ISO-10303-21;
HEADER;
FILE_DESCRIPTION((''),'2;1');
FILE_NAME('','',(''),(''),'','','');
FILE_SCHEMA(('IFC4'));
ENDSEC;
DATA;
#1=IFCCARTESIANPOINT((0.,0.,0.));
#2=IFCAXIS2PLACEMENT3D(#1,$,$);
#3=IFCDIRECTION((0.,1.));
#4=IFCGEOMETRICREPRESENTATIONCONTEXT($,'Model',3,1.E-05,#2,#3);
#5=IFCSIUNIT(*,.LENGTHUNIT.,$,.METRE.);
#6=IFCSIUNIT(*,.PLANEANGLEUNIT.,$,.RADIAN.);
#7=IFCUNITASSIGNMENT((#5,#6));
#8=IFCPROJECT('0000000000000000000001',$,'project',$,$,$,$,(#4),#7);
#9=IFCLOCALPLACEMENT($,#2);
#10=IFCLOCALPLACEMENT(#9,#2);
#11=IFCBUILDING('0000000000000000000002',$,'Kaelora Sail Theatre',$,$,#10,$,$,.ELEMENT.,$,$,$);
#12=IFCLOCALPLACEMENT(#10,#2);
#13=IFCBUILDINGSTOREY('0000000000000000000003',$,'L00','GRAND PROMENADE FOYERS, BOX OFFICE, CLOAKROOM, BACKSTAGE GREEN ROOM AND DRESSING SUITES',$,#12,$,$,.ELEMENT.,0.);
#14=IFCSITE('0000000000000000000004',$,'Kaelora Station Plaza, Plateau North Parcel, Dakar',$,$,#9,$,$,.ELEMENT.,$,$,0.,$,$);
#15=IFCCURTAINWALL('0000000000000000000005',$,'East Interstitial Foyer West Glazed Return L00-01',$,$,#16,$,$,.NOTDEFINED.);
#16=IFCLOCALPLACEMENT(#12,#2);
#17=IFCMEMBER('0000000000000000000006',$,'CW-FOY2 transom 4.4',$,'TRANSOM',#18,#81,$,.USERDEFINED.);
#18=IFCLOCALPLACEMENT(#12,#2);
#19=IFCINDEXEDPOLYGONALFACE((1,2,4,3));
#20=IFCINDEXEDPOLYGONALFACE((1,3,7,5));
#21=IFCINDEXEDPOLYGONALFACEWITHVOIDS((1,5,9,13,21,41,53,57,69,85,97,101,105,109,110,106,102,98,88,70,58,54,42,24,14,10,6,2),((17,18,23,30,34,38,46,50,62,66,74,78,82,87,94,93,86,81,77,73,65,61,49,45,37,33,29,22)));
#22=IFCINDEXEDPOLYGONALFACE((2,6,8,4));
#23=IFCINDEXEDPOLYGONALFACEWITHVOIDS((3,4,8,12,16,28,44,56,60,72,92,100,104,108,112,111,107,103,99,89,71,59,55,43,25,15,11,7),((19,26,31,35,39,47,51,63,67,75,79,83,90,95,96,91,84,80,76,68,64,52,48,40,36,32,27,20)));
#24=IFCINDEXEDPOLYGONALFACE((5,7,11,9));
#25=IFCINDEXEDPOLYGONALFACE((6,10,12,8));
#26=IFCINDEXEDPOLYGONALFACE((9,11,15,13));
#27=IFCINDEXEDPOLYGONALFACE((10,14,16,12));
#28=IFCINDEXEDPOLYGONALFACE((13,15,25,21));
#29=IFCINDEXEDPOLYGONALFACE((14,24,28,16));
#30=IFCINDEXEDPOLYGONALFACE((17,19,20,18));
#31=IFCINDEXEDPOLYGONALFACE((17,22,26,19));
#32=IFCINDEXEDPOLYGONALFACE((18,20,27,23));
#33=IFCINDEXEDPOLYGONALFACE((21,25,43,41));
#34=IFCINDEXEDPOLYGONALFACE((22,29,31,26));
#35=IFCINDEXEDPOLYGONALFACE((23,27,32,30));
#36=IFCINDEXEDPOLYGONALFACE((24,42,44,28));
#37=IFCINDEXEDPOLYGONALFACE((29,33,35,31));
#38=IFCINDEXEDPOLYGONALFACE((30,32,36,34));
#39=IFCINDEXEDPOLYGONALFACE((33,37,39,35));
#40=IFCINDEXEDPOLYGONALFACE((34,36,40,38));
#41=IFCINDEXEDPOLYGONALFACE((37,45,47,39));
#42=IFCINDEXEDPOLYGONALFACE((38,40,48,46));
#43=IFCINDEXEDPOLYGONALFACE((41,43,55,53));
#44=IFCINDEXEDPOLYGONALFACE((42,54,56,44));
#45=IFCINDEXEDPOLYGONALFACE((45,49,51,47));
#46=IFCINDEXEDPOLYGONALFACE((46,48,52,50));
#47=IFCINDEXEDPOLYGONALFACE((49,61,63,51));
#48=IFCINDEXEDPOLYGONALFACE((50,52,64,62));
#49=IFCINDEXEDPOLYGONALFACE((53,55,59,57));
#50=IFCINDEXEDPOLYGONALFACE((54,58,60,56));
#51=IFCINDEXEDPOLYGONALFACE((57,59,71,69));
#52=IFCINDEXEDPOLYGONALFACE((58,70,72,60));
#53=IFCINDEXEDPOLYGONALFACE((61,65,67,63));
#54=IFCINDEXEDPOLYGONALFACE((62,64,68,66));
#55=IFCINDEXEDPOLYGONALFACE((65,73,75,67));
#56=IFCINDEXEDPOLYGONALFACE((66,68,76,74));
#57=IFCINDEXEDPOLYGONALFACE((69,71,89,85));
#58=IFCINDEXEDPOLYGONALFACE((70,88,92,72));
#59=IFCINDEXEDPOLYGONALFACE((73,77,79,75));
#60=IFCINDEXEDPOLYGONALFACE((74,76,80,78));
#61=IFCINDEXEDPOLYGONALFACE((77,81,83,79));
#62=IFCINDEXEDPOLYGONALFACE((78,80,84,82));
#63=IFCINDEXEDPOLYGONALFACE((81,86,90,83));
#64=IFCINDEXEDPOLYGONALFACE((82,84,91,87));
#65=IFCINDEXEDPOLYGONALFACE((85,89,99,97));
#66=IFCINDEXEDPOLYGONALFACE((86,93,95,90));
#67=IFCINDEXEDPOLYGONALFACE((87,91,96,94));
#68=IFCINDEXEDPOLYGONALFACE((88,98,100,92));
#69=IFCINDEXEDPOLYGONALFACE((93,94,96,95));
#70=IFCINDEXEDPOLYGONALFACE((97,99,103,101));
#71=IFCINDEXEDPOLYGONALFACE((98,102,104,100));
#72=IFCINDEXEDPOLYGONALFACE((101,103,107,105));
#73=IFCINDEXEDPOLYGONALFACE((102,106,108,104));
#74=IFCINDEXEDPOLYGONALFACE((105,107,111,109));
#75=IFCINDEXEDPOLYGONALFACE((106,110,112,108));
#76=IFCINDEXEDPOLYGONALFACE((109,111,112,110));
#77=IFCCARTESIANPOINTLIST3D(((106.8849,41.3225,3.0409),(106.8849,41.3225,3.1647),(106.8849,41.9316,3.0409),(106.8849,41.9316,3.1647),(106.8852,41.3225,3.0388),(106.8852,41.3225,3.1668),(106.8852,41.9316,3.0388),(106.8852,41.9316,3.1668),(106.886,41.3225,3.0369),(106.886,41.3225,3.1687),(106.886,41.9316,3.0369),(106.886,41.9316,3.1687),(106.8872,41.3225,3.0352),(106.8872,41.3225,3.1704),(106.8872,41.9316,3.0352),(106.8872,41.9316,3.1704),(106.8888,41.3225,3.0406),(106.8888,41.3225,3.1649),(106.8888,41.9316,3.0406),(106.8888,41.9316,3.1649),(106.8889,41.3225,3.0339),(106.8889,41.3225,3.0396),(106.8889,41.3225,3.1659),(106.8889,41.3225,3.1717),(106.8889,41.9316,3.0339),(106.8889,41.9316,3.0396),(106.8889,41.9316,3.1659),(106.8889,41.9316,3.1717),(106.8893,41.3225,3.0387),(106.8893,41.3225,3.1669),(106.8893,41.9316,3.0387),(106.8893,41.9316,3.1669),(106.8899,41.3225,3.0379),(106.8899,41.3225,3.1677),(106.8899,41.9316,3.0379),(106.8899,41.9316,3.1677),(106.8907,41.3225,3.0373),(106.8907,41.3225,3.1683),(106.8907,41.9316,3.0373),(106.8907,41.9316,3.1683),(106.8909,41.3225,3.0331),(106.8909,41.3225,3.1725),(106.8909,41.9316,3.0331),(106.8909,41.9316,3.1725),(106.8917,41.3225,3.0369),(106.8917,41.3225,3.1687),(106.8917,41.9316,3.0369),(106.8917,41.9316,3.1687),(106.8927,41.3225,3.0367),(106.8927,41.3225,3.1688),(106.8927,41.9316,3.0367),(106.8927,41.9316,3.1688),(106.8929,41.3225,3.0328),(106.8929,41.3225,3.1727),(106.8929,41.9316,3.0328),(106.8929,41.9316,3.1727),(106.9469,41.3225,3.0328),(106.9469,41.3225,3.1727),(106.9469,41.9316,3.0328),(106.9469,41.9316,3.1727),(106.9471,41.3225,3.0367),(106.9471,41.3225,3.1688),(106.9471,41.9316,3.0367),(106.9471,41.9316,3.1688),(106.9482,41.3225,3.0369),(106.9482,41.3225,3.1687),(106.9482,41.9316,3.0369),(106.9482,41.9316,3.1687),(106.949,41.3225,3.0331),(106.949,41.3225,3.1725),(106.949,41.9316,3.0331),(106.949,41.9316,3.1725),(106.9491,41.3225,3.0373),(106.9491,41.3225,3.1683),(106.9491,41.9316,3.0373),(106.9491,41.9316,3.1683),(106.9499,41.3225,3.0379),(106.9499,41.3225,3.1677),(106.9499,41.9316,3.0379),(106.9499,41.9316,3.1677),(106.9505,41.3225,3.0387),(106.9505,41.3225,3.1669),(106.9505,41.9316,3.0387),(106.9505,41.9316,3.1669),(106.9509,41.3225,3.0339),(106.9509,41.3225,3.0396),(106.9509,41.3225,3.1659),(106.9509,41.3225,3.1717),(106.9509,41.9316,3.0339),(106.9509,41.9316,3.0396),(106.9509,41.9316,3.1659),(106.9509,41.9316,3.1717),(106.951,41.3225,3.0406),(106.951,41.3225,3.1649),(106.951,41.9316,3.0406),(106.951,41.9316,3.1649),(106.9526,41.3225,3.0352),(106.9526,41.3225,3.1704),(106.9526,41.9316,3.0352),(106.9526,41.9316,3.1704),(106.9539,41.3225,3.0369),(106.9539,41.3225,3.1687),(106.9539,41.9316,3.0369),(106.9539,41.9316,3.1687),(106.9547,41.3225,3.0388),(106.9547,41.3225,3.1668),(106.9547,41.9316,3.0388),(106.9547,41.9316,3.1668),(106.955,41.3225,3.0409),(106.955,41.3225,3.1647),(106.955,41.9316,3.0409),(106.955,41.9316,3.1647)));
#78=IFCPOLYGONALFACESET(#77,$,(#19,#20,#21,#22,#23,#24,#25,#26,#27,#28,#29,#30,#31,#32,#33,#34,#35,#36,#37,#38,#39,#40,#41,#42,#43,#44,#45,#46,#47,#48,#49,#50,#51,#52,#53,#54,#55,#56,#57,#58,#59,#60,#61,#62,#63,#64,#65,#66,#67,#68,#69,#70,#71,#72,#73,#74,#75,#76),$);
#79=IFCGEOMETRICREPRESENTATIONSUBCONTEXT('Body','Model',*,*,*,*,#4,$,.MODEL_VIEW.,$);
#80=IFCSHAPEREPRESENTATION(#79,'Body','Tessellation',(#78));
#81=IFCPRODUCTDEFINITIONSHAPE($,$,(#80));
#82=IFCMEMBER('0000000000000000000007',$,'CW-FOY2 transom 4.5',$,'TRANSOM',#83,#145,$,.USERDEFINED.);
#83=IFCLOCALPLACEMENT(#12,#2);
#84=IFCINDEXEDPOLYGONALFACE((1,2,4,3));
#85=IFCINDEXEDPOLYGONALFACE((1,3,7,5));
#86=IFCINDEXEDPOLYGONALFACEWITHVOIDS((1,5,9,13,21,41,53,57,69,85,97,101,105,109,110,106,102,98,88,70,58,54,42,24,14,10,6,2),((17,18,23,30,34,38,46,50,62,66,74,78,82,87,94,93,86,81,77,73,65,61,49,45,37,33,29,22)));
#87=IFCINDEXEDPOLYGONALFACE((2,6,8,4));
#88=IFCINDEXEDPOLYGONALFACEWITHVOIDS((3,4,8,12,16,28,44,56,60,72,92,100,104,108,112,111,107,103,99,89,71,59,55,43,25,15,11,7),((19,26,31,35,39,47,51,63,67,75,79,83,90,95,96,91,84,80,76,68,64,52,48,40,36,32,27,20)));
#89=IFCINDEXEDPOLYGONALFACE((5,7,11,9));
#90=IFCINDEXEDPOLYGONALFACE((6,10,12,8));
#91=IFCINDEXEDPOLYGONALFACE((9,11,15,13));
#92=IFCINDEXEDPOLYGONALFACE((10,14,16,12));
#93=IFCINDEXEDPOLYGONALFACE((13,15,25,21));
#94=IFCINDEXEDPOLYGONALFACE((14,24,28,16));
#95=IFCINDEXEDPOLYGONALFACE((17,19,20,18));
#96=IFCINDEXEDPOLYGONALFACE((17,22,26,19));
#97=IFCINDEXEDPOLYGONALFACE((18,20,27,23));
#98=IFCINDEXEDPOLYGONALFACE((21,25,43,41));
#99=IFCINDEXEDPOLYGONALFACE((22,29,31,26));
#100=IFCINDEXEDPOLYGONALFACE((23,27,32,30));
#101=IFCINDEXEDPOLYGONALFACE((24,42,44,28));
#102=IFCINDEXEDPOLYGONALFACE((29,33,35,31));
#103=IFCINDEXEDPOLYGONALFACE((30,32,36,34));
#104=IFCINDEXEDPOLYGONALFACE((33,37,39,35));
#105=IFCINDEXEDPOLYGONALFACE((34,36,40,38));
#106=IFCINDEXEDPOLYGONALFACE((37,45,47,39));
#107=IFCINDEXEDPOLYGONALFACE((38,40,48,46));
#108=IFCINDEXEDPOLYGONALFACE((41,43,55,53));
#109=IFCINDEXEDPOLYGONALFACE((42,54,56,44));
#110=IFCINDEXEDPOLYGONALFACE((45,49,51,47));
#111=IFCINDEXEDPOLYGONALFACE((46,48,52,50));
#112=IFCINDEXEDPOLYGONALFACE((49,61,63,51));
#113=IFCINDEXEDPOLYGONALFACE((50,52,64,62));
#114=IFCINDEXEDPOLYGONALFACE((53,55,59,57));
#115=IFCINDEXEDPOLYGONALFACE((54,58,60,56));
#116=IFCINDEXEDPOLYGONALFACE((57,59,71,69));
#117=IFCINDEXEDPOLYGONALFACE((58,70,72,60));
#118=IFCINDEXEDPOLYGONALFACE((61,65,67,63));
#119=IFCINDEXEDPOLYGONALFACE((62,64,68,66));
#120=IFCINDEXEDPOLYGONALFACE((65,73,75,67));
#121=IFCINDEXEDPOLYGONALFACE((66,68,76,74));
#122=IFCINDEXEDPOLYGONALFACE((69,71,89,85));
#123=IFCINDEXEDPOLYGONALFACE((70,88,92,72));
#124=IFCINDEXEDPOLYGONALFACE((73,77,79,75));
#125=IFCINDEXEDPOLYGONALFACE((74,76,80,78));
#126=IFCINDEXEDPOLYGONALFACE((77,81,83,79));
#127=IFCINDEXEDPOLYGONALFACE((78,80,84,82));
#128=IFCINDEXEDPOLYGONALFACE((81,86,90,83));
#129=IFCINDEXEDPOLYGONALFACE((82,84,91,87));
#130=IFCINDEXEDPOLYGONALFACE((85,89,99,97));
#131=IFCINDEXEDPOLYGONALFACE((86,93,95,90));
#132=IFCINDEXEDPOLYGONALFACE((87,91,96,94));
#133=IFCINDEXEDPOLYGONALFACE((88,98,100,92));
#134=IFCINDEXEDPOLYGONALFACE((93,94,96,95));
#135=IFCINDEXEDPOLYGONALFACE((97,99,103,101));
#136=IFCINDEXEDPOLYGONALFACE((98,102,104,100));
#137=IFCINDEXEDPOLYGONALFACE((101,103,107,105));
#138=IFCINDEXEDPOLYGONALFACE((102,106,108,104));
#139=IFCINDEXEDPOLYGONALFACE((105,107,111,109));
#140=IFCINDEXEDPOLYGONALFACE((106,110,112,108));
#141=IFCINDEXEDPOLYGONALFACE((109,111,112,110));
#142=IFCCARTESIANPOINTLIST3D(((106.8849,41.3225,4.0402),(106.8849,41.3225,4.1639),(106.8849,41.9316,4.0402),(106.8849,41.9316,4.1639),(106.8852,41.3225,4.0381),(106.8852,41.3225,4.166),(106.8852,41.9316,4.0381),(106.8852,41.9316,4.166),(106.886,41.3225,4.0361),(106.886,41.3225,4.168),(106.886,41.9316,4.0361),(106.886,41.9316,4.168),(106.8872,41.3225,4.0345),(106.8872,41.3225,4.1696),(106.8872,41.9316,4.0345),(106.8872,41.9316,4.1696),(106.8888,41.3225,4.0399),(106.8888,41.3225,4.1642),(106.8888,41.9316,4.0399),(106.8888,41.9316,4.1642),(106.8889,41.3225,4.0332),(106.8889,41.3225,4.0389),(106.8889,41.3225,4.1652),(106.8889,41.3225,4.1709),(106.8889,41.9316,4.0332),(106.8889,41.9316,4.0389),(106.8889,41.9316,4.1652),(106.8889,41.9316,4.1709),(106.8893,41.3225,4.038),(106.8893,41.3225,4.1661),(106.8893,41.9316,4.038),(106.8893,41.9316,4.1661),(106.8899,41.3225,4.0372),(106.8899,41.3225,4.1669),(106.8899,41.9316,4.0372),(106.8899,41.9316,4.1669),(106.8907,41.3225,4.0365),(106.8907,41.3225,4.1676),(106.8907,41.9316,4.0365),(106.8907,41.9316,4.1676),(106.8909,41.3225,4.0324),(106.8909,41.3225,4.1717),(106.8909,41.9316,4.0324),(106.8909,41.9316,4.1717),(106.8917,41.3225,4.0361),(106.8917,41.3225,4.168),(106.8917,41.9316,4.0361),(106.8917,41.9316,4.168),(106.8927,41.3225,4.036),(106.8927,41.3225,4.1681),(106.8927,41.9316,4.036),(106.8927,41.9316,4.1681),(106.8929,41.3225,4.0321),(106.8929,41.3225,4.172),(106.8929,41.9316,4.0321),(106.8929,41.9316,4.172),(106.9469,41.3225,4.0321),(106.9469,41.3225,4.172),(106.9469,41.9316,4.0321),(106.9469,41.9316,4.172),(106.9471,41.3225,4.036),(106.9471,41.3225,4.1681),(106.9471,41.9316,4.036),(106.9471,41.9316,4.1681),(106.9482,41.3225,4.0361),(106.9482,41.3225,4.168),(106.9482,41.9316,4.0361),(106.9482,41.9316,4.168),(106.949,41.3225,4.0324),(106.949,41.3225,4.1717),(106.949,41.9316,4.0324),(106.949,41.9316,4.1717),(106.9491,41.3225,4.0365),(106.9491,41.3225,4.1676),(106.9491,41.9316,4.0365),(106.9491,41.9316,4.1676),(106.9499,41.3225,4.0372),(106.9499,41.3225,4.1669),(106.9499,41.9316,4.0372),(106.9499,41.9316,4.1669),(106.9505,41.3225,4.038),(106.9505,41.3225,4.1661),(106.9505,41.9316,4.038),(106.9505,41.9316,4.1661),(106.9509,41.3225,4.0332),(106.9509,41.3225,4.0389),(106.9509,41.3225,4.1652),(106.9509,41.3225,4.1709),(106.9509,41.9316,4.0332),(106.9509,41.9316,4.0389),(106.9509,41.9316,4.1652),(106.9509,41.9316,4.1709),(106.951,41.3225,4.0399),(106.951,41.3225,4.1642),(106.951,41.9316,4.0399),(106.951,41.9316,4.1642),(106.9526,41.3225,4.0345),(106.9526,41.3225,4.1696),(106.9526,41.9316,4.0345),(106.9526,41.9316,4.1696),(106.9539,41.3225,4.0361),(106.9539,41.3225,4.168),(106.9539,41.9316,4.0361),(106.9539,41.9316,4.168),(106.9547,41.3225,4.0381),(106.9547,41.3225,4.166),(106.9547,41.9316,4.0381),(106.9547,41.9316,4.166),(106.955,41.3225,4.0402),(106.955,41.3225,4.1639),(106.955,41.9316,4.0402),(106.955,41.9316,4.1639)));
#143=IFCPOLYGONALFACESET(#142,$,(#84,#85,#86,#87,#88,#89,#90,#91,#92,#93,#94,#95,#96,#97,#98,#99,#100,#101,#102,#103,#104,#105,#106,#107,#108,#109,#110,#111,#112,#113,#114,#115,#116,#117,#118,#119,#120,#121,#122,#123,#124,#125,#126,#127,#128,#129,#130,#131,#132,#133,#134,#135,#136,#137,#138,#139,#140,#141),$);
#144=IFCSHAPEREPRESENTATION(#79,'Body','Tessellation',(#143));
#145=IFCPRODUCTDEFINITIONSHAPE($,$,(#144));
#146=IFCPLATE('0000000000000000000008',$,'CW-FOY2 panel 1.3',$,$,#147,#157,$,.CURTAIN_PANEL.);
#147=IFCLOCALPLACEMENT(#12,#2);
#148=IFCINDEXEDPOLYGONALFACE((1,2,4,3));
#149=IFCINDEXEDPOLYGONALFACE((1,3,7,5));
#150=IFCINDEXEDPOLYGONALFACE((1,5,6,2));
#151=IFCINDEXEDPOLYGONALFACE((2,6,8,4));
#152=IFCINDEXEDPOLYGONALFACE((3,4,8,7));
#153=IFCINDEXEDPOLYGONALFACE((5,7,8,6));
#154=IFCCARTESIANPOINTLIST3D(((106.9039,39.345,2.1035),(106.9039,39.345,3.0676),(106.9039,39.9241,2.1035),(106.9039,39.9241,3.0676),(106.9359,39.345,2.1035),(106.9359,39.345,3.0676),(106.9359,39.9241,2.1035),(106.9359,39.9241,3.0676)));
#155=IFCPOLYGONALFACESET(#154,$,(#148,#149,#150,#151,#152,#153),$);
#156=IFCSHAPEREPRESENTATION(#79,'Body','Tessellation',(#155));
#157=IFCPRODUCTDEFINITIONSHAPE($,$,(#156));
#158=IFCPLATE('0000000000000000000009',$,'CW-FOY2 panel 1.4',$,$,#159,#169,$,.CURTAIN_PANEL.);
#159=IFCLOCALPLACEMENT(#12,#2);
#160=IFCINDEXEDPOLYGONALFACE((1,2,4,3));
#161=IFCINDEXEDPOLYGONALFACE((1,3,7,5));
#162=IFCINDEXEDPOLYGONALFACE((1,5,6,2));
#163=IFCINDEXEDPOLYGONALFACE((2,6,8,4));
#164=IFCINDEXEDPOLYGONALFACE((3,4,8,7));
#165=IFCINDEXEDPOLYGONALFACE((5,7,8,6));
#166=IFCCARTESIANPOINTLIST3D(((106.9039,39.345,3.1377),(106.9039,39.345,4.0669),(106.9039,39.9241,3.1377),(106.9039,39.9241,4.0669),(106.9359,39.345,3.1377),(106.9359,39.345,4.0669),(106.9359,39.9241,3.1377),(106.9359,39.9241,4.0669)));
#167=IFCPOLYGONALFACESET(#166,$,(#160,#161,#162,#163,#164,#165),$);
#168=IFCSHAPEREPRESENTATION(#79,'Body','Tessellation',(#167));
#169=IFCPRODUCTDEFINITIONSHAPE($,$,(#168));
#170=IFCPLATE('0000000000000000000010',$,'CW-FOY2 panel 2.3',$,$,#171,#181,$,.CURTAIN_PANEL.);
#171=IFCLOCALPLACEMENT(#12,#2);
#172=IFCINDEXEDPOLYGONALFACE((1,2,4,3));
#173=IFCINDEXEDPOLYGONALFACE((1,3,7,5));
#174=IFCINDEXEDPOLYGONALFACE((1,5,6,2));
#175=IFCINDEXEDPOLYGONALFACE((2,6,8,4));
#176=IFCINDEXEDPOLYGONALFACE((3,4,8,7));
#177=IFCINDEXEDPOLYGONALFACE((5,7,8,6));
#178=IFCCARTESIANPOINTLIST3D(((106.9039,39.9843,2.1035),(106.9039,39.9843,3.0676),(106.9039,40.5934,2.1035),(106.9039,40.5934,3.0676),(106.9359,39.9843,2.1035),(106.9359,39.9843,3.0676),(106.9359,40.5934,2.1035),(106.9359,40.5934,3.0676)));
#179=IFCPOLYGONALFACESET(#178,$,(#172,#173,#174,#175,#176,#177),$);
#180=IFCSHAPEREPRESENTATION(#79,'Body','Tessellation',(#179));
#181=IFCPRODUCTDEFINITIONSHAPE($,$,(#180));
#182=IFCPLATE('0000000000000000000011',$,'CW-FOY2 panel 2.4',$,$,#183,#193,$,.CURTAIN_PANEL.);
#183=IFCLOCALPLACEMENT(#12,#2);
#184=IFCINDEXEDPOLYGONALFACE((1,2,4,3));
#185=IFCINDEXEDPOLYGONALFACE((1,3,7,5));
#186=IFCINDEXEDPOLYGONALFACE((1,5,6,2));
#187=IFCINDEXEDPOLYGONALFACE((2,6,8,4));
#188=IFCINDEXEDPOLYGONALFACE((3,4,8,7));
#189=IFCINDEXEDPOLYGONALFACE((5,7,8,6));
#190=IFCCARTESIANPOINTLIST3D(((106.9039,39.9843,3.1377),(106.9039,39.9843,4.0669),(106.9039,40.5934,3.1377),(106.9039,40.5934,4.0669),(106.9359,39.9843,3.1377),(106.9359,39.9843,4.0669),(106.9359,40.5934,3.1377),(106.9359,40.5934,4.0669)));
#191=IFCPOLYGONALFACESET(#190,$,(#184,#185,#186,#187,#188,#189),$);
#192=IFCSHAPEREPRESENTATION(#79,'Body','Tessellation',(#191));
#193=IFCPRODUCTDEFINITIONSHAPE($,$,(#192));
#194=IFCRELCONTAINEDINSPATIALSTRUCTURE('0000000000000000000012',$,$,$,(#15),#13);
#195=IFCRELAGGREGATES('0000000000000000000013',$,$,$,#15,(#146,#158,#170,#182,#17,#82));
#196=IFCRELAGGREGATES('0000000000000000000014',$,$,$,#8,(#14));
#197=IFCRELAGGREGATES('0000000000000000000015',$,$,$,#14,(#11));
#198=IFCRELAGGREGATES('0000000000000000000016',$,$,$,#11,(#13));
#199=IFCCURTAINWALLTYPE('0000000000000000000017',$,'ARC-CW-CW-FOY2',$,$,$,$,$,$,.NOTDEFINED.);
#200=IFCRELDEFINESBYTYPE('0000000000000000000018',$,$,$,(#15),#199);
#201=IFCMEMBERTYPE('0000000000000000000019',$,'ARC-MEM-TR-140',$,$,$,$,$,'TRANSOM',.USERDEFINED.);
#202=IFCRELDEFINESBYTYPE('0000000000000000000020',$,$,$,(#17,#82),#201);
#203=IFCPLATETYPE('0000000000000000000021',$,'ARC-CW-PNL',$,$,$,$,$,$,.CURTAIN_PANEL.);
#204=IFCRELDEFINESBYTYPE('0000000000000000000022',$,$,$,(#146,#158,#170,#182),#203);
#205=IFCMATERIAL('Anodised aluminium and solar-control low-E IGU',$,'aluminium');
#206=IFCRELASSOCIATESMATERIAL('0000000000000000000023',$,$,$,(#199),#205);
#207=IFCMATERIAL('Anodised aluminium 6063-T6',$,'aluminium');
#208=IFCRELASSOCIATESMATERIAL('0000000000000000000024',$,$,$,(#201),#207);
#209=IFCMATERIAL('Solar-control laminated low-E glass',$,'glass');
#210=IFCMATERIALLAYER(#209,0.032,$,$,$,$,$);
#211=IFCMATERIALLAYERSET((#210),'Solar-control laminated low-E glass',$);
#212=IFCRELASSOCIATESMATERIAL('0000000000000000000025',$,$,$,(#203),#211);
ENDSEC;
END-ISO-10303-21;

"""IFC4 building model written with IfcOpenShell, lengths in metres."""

from ifc_helpers import new_model, si_unit, direction, frame, origin, origin_2d, place, context, subcontext, project, spatial, rectangle, hollow_rectangle, extrude, material, layer, layer_set, material_profile, profile_set, type_object, element, aggregate, save


model = new_model("IFC4")

# Units and contexts
model_context = context("Model", 3, precision=1e-05, world=origin(), true_north=direction((0.0, 1.0)))
body_context = subcontext(model_context, "Body", "Model", "MODEL_VIEW")
ifc_project = project(units=[si_unit("LENGTHUNIT", "METRE"), si_unit("PLANEANGLEUNIT", "RADIAN")], contexts=[model_context])

# Site, building, storey
site_placement = place(None, origin())
site = spatial("IfcSite", under=ifc_project, at=site_placement, Name="Kaelora Station Plaza, Plateau North Parcel, Dakar", CompositionType="ELEMENT", RefElevation=0.0)
building_placement = place(site_placement, origin())
building = spatial("IfcBuilding", under=site, at=building_placement, Name="Kaelora Sail Theatre", CompositionType="ELEMENT")
storey_placement = place(building_placement, origin())
storey = spatial("IfcBuildingStorey", under=building, at=storey_placement, Name="L00", Description="GRAND PROMENADE FOYERS, BOX OFFICE, CLOAKROOM, BACKSTAGE GREEN ROOM AND DRESSING SUITES", CompositionType="ELEMENT", Elevation=0.0)

# Curtain wall, members, plates
ifc_material_1 = material(Name="Anodised aluminium and solar-control low-E IGU", Category="aluminium")
curtain_wall_type = type_object("IfcCurtainWallType", Name="ARC-CW-CW-FOY2", PredefinedType="NOTDEFINED", material=ifc_material_1)
curtain_wall_placement = place(storey_placement, origin())
curtain_wall = element("IfcCurtainWall", 1, at=curtain_wall_placement, inside=storey, type_object=curtain_wall_type, Name="East Interstitial Foyer West Glazed Return L00-01", PredefinedType="NOTDEFINED")
ifc_material_2 = material(Name="Anodised aluminium 6063-T6", Category="aluminium")
ifc_material_profile = material_profile(ifc_material_2, hollow_rectangle(XDim=0.0701, YDim=0.1399, WallThickness=0.0039, InnerFilletRadius=0.0039, OuterFilletRadius=0.0081, at=origin_2d()), Name="ALU-TRAN 70x140x4")
ifc_profile_set = profile_set([ifc_material_profile], Name="Anodised aluminium 6063-T6")
member_type = type_object("IfcMemberType", Name="ARC-MEM-TR-140", ElementType="TRANSOM", PredefinedType="USERDEFINED", material=ifc_profile_set)
member_1_placement = place(storey_placement, frame((106.9199, 41.3225, 3.1028), z_axis=(0.0, 1.0, 0.0), x_axis=(-1.0, 0.0, 0.0)))
member_1 = element("IfcMember", 2, at=member_1_placement, type_object=member_type, Name="CW-FOY2 transom 4.4", ObjectType="TRANSOM", PredefinedType="USERDEFINED", context=body_context, shape_type="SweptSolid", body=[
    extrude(hollow_rectangle(XDim=0.0701, YDim=0.1399, WallThickness=0.0039, InnerFilletRadius=0.0039, OuterFilletRadius=0.0081, at=origin_2d()), origin(), (0.0, 0.0, 1.0), 0.6091),
])
member_2_placement = place(storey_placement, frame((106.9199, 41.3225, 4.1021), z_axis=(0.0, 1.0, 0.0), x_axis=(-1.0, 0.0, 0.0)))
member_2 = element("IfcMember", 3, at=member_2_placement, type_object=member_type, Name="CW-FOY2 transom 4.5", ObjectType="TRANSOM", PredefinedType="USERDEFINED", context=body_context, shape_type="SweptSolid", body=[
    extrude(hollow_rectangle(XDim=0.0701, YDim=0.1399, WallThickness=0.0039, InnerFilletRadius=0.0039, OuterFilletRadius=0.0081, at=origin_2d()), origin(), (0.0, 0.0, 1.0), 0.6091),
])
ifc_material_3 = material(Name="Solar-control laminated low-E glass", Category="glass")
ifc_layer = layer(ifc_material_3, 0.032)
ifc_layer_set = layer_set([ifc_layer], Name="Solar-control laminated low-E glass")
plate_type = type_object("IfcPlateType", Name="ARC-CW-PNL", PredefinedType="CURTAIN_PANEL", material=ifc_layer_set)
plate_1_placement = place(storey_placement, frame((106.9199, 39.6345, 2.1035), z_axis=(0.0, 0.0, 1.0), x_axis=(0.0, 1.0, 0.0)))
plate_1 = element("IfcPlate", 4, at=plate_1_placement, type_object=plate_type, Name="CW-FOY2 panel 1.3", PredefinedType="CURTAIN_PANEL", context=body_context, shape_type="SweptSolid", body=[
    extrude(rectangle(XDim=0.5791, YDim=0.032, at=origin_2d()), origin(), (0.0, 0.0, 1.0), 0.9641),
])
plate_2_placement = place(storey_placement, frame((106.9199, 39.6345, 3.1377), z_axis=(0.0, 0.0, 1.0), x_axis=(0.0, 1.0, 0.0)))
plate_2 = element("IfcPlate", 5, at=plate_2_placement, type_object=plate_type, Name="CW-FOY2 panel 1.4", PredefinedType="CURTAIN_PANEL", context=body_context, shape_type="SweptSolid", body=[
    extrude(rectangle(XDim=0.5791, YDim=0.032, at=origin_2d()), origin(), (0.0, 0.0, 1.0), 0.9292),
])
plate_3_placement = place(storey_placement, frame((106.9199, 40.2888, 2.1035), z_axis=(0.0, 0.0, 1.0), x_axis=(0.0, 1.0, 0.0)))
plate_3 = element("IfcPlate", 6, at=plate_3_placement, type_object=plate_type, Name="CW-FOY2 panel 2.3", PredefinedType="CURTAIN_PANEL", context=body_context, shape_type="SweptSolid", body=[
    extrude(rectangle(XDim=0.6091, YDim=0.032, at=origin_2d()), origin(), (0.0, 0.0, 1.0), 0.9641),
])
plate_4_placement = place(storey_placement, frame((106.9199, 40.2888, 3.1377), z_axis=(0.0, 0.0, 1.0), x_axis=(0.0, 1.0, 0.0)))
plate_4 = element("IfcPlate", 7, at=plate_4_placement, type_object=plate_type, Name="CW-FOY2 panel 2.4", PredefinedType="CURTAIN_PANEL", context=body_context, shape_type="SweptSolid", body=[
    extrude(rectangle(XDim=0.6091, YDim=0.032, at=origin_2d()), origin(), (0.0, 0.0, 1.0), 0.9292),
])
aggregate(curtain_wall, [plate_1, plate_2, plate_3, plate_4, member_1, member_2])

save(model, "model.ifc")
